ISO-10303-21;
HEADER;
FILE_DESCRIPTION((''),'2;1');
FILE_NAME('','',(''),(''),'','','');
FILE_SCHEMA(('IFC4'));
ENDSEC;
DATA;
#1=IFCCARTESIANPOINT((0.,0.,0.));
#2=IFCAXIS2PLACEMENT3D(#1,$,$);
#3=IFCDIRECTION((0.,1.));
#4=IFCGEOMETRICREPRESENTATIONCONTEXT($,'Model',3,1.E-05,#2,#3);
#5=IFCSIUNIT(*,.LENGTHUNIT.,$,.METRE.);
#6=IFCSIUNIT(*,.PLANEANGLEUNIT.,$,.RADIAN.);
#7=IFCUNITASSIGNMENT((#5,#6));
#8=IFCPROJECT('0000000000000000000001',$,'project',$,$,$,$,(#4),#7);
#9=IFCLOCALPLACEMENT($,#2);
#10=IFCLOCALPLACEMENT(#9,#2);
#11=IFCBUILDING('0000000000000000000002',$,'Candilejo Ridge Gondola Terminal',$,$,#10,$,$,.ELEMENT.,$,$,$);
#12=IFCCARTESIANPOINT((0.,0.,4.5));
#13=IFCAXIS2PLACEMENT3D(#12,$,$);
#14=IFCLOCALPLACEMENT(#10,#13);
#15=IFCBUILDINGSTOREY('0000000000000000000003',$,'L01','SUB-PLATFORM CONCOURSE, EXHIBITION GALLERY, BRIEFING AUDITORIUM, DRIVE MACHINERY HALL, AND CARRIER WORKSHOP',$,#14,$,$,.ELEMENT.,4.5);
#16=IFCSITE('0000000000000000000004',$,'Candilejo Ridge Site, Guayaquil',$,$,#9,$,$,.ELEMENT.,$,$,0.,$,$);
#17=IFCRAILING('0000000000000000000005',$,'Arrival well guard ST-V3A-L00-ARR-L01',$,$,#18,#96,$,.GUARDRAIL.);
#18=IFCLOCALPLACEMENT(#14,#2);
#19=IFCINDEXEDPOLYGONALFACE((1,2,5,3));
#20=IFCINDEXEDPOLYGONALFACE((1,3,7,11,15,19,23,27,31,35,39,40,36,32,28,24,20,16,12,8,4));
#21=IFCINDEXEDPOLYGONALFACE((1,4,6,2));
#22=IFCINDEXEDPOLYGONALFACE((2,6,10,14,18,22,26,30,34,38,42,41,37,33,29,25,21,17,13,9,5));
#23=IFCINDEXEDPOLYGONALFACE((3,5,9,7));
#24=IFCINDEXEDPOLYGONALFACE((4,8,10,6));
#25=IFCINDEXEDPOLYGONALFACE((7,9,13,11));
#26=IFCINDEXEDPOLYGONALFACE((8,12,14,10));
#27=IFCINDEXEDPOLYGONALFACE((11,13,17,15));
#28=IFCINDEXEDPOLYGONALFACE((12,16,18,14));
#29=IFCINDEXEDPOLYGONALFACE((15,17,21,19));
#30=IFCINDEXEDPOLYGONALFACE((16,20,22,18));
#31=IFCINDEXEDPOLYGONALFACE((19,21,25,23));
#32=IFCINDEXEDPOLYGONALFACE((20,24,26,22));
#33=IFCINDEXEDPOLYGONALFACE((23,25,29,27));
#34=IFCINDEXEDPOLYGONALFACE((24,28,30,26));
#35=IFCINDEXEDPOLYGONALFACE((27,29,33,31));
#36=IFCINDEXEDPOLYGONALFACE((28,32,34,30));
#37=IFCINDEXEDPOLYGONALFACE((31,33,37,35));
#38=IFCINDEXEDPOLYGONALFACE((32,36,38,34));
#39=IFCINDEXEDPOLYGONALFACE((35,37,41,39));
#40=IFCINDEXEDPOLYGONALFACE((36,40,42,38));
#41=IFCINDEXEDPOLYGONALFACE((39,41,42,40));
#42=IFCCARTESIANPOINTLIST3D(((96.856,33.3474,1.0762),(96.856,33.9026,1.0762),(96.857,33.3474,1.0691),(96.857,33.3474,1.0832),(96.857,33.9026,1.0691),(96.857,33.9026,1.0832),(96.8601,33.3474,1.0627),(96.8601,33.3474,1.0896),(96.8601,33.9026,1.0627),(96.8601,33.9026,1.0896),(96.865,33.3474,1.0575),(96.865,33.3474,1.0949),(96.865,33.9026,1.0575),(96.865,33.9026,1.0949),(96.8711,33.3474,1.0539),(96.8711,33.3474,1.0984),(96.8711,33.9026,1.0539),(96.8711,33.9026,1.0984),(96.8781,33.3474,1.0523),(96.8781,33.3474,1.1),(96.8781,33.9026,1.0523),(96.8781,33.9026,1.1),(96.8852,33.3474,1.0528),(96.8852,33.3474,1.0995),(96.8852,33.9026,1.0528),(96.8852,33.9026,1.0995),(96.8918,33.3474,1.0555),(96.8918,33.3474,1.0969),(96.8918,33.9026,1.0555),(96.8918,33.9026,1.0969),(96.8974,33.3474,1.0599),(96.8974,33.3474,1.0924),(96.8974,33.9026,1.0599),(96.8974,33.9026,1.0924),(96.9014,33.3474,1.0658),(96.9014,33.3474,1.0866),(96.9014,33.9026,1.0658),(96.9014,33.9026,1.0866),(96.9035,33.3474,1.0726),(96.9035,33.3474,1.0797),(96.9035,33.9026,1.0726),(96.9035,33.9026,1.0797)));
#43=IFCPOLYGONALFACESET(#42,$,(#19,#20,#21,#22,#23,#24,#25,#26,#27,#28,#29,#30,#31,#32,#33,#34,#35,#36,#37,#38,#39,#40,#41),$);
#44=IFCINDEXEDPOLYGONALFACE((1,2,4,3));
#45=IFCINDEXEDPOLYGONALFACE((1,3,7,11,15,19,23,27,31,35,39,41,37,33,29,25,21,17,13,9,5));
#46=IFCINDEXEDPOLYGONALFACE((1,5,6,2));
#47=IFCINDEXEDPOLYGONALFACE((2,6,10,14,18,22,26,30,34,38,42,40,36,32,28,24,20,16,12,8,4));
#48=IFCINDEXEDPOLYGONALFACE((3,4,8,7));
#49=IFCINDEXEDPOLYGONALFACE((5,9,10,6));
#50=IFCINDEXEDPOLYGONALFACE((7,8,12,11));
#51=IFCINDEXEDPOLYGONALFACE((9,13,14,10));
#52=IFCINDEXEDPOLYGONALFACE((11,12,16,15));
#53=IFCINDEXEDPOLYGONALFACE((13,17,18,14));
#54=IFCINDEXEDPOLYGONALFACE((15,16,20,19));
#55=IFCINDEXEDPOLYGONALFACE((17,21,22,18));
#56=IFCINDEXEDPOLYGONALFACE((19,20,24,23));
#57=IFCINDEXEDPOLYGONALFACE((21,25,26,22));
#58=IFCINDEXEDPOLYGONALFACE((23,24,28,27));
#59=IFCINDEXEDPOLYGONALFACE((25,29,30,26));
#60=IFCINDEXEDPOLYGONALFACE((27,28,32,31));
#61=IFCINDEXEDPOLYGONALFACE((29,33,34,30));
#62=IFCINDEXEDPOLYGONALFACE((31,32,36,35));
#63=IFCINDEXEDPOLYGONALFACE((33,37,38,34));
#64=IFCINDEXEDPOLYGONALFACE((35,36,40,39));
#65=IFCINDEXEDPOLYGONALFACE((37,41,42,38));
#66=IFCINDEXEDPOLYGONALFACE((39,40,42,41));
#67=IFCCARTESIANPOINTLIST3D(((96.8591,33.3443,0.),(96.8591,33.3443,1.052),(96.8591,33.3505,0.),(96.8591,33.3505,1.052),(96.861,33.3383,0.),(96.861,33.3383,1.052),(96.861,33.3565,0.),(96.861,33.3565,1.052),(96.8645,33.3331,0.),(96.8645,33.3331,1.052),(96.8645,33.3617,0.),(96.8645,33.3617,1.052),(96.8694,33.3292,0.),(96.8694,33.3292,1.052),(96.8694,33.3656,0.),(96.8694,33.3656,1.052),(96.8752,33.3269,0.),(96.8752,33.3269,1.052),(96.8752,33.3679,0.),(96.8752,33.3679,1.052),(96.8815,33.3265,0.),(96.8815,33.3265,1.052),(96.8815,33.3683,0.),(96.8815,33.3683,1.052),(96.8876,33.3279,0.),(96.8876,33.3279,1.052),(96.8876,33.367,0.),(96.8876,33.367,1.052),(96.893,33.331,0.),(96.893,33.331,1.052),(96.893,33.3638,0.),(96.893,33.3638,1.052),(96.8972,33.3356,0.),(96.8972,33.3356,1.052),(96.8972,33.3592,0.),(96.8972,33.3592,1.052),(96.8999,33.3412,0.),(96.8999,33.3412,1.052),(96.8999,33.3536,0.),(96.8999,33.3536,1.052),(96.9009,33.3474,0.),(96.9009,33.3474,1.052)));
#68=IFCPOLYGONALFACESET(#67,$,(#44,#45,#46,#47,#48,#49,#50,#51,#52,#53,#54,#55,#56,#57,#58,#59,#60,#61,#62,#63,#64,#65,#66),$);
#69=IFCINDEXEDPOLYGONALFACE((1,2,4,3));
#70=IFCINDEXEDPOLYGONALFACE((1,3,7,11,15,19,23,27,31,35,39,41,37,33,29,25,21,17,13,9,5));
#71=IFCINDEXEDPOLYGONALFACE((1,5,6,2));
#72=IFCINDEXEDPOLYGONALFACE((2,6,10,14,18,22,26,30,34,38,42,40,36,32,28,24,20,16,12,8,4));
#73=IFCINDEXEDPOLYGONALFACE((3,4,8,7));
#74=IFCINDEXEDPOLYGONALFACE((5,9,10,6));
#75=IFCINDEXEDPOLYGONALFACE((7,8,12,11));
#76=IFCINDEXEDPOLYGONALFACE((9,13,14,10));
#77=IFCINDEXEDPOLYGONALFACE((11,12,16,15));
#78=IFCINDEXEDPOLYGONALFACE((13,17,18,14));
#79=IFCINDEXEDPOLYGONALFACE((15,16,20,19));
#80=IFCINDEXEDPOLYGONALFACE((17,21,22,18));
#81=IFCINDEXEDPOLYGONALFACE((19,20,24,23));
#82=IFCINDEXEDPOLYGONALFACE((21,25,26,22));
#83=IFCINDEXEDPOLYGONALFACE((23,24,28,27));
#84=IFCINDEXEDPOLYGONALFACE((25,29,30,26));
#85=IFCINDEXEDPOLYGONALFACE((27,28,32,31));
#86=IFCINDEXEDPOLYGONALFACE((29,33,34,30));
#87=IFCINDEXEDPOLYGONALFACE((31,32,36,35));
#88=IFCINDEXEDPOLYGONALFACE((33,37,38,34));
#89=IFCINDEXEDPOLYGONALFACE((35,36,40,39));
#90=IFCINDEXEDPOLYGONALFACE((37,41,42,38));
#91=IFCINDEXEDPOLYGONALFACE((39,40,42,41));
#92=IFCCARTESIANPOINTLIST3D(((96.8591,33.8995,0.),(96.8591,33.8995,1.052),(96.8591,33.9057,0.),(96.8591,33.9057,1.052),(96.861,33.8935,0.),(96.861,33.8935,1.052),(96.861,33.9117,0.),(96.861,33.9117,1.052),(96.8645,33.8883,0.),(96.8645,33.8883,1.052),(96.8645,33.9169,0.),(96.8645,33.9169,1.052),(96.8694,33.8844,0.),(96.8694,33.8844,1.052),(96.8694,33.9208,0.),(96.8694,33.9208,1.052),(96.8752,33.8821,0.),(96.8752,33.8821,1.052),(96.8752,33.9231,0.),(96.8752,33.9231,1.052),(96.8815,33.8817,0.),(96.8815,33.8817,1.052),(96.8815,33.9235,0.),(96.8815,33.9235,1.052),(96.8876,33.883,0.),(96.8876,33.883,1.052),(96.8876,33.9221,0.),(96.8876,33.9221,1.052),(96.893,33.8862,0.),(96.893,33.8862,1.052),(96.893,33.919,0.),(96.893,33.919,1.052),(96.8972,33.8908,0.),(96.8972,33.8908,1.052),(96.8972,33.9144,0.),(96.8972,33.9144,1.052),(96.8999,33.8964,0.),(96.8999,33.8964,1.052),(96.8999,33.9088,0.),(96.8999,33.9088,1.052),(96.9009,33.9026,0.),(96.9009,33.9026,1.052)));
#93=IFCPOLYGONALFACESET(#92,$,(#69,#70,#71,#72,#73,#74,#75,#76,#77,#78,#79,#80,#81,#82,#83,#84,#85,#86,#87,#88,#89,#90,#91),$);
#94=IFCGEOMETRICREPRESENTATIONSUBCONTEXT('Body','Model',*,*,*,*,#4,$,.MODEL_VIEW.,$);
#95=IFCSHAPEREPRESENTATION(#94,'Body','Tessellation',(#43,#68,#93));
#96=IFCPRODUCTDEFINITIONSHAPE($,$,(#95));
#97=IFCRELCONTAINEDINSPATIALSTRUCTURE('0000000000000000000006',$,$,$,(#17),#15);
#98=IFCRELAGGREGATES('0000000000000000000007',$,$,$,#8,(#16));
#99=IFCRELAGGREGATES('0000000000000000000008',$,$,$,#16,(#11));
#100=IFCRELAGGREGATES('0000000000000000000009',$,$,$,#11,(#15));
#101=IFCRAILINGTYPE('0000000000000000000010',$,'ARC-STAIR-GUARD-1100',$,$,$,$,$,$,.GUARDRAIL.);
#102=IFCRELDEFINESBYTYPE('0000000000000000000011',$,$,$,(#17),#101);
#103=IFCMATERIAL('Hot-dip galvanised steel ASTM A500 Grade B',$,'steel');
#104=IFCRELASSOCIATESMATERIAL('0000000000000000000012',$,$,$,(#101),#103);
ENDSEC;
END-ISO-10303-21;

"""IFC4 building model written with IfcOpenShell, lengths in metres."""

from ifc_helpers import new_model, si_unit, direction, frame, origin, origin_2d, place, context, subcontext, project, spatial, circle, extrude, material, type_object, element, save


model = new_model("IFC4")

# Units and contexts
model_context = context("Model", 3, precision=1e-05, world=origin(), true_north=direction((0.0, 1.0)))
body_context = subcontext(model_context, "Body", "Model", "MODEL_VIEW")
ifc_project = project(units=[si_unit("LENGTHUNIT", "METRE"), si_unit("PLANEANGLEUNIT", "RADIAN")], contexts=[model_context])

# Site, building, storey
site_placement = place(None, origin())
site = spatial("IfcSite", under=ifc_project, at=site_placement, Name="Candilejo Ridge Site, Guayaquil", CompositionType="ELEMENT", RefElevation=0.0)
building_placement = place(site_placement, origin())
building = spatial("IfcBuilding", under=site, at=building_placement, Name="Candilejo Ridge Gondola Terminal", CompositionType="ELEMENT")
storey_placement = place(building_placement, frame((0.0, 0.0, 4.5)))
storey = spatial("IfcBuildingStorey", under=building, at=storey_placement, Name="L01", Description="SUB-PLATFORM CONCOURSE, EXHIBITION GALLERY, BRIEFING AUDITORIUM, DRIVE MACHINERY HALL, AND CARRIER WORKSHOP", CompositionType="ELEMENT", Elevation=4.5)

# Railing
ifc_material_1 = material(Name="Hot-dip galvanised steel ASTM A500 Grade B", Category="steel")
railing_type_1 = type_object("IfcRailingType", Name="ARC-STAIR-GUARD-1100", PredefinedType="GUARDRAIL", material=ifc_material_1)
railing_1_placement = place(storey_placement, frame((96.8799, 33.3474, 0.0)))
element("IfcRailing", 1, at=railing_1_placement, inside=storey, type_object=railing_type_1, Name="Arrival well guard ST-V3A-L00-ARR-L01", PredefinedType="GUARDRAIL", context=body_context, shape_type="SweptSolid", body=[
    extrude(circle(Radius=0.0239, at=origin_2d()), frame((0.0, 0.0, 1.0762), z_axis=(0.0, 1.0, 0.0), x_axis=(-1.0, 0.0, 0.0)), (0.0, 0.0, 1.0), 0.5552),
    extrude(circle(Radius=0.021, at=origin_2d()), origin(), (0.0, 0.0, 1.0), 1.052),
    extrude(circle(Radius=0.021, at=origin_2d()), frame((0.0, 0.5552, 0.0)), (0.0, 0.0, 1.0), 1.052),
])

save(model, "model.ifc")
